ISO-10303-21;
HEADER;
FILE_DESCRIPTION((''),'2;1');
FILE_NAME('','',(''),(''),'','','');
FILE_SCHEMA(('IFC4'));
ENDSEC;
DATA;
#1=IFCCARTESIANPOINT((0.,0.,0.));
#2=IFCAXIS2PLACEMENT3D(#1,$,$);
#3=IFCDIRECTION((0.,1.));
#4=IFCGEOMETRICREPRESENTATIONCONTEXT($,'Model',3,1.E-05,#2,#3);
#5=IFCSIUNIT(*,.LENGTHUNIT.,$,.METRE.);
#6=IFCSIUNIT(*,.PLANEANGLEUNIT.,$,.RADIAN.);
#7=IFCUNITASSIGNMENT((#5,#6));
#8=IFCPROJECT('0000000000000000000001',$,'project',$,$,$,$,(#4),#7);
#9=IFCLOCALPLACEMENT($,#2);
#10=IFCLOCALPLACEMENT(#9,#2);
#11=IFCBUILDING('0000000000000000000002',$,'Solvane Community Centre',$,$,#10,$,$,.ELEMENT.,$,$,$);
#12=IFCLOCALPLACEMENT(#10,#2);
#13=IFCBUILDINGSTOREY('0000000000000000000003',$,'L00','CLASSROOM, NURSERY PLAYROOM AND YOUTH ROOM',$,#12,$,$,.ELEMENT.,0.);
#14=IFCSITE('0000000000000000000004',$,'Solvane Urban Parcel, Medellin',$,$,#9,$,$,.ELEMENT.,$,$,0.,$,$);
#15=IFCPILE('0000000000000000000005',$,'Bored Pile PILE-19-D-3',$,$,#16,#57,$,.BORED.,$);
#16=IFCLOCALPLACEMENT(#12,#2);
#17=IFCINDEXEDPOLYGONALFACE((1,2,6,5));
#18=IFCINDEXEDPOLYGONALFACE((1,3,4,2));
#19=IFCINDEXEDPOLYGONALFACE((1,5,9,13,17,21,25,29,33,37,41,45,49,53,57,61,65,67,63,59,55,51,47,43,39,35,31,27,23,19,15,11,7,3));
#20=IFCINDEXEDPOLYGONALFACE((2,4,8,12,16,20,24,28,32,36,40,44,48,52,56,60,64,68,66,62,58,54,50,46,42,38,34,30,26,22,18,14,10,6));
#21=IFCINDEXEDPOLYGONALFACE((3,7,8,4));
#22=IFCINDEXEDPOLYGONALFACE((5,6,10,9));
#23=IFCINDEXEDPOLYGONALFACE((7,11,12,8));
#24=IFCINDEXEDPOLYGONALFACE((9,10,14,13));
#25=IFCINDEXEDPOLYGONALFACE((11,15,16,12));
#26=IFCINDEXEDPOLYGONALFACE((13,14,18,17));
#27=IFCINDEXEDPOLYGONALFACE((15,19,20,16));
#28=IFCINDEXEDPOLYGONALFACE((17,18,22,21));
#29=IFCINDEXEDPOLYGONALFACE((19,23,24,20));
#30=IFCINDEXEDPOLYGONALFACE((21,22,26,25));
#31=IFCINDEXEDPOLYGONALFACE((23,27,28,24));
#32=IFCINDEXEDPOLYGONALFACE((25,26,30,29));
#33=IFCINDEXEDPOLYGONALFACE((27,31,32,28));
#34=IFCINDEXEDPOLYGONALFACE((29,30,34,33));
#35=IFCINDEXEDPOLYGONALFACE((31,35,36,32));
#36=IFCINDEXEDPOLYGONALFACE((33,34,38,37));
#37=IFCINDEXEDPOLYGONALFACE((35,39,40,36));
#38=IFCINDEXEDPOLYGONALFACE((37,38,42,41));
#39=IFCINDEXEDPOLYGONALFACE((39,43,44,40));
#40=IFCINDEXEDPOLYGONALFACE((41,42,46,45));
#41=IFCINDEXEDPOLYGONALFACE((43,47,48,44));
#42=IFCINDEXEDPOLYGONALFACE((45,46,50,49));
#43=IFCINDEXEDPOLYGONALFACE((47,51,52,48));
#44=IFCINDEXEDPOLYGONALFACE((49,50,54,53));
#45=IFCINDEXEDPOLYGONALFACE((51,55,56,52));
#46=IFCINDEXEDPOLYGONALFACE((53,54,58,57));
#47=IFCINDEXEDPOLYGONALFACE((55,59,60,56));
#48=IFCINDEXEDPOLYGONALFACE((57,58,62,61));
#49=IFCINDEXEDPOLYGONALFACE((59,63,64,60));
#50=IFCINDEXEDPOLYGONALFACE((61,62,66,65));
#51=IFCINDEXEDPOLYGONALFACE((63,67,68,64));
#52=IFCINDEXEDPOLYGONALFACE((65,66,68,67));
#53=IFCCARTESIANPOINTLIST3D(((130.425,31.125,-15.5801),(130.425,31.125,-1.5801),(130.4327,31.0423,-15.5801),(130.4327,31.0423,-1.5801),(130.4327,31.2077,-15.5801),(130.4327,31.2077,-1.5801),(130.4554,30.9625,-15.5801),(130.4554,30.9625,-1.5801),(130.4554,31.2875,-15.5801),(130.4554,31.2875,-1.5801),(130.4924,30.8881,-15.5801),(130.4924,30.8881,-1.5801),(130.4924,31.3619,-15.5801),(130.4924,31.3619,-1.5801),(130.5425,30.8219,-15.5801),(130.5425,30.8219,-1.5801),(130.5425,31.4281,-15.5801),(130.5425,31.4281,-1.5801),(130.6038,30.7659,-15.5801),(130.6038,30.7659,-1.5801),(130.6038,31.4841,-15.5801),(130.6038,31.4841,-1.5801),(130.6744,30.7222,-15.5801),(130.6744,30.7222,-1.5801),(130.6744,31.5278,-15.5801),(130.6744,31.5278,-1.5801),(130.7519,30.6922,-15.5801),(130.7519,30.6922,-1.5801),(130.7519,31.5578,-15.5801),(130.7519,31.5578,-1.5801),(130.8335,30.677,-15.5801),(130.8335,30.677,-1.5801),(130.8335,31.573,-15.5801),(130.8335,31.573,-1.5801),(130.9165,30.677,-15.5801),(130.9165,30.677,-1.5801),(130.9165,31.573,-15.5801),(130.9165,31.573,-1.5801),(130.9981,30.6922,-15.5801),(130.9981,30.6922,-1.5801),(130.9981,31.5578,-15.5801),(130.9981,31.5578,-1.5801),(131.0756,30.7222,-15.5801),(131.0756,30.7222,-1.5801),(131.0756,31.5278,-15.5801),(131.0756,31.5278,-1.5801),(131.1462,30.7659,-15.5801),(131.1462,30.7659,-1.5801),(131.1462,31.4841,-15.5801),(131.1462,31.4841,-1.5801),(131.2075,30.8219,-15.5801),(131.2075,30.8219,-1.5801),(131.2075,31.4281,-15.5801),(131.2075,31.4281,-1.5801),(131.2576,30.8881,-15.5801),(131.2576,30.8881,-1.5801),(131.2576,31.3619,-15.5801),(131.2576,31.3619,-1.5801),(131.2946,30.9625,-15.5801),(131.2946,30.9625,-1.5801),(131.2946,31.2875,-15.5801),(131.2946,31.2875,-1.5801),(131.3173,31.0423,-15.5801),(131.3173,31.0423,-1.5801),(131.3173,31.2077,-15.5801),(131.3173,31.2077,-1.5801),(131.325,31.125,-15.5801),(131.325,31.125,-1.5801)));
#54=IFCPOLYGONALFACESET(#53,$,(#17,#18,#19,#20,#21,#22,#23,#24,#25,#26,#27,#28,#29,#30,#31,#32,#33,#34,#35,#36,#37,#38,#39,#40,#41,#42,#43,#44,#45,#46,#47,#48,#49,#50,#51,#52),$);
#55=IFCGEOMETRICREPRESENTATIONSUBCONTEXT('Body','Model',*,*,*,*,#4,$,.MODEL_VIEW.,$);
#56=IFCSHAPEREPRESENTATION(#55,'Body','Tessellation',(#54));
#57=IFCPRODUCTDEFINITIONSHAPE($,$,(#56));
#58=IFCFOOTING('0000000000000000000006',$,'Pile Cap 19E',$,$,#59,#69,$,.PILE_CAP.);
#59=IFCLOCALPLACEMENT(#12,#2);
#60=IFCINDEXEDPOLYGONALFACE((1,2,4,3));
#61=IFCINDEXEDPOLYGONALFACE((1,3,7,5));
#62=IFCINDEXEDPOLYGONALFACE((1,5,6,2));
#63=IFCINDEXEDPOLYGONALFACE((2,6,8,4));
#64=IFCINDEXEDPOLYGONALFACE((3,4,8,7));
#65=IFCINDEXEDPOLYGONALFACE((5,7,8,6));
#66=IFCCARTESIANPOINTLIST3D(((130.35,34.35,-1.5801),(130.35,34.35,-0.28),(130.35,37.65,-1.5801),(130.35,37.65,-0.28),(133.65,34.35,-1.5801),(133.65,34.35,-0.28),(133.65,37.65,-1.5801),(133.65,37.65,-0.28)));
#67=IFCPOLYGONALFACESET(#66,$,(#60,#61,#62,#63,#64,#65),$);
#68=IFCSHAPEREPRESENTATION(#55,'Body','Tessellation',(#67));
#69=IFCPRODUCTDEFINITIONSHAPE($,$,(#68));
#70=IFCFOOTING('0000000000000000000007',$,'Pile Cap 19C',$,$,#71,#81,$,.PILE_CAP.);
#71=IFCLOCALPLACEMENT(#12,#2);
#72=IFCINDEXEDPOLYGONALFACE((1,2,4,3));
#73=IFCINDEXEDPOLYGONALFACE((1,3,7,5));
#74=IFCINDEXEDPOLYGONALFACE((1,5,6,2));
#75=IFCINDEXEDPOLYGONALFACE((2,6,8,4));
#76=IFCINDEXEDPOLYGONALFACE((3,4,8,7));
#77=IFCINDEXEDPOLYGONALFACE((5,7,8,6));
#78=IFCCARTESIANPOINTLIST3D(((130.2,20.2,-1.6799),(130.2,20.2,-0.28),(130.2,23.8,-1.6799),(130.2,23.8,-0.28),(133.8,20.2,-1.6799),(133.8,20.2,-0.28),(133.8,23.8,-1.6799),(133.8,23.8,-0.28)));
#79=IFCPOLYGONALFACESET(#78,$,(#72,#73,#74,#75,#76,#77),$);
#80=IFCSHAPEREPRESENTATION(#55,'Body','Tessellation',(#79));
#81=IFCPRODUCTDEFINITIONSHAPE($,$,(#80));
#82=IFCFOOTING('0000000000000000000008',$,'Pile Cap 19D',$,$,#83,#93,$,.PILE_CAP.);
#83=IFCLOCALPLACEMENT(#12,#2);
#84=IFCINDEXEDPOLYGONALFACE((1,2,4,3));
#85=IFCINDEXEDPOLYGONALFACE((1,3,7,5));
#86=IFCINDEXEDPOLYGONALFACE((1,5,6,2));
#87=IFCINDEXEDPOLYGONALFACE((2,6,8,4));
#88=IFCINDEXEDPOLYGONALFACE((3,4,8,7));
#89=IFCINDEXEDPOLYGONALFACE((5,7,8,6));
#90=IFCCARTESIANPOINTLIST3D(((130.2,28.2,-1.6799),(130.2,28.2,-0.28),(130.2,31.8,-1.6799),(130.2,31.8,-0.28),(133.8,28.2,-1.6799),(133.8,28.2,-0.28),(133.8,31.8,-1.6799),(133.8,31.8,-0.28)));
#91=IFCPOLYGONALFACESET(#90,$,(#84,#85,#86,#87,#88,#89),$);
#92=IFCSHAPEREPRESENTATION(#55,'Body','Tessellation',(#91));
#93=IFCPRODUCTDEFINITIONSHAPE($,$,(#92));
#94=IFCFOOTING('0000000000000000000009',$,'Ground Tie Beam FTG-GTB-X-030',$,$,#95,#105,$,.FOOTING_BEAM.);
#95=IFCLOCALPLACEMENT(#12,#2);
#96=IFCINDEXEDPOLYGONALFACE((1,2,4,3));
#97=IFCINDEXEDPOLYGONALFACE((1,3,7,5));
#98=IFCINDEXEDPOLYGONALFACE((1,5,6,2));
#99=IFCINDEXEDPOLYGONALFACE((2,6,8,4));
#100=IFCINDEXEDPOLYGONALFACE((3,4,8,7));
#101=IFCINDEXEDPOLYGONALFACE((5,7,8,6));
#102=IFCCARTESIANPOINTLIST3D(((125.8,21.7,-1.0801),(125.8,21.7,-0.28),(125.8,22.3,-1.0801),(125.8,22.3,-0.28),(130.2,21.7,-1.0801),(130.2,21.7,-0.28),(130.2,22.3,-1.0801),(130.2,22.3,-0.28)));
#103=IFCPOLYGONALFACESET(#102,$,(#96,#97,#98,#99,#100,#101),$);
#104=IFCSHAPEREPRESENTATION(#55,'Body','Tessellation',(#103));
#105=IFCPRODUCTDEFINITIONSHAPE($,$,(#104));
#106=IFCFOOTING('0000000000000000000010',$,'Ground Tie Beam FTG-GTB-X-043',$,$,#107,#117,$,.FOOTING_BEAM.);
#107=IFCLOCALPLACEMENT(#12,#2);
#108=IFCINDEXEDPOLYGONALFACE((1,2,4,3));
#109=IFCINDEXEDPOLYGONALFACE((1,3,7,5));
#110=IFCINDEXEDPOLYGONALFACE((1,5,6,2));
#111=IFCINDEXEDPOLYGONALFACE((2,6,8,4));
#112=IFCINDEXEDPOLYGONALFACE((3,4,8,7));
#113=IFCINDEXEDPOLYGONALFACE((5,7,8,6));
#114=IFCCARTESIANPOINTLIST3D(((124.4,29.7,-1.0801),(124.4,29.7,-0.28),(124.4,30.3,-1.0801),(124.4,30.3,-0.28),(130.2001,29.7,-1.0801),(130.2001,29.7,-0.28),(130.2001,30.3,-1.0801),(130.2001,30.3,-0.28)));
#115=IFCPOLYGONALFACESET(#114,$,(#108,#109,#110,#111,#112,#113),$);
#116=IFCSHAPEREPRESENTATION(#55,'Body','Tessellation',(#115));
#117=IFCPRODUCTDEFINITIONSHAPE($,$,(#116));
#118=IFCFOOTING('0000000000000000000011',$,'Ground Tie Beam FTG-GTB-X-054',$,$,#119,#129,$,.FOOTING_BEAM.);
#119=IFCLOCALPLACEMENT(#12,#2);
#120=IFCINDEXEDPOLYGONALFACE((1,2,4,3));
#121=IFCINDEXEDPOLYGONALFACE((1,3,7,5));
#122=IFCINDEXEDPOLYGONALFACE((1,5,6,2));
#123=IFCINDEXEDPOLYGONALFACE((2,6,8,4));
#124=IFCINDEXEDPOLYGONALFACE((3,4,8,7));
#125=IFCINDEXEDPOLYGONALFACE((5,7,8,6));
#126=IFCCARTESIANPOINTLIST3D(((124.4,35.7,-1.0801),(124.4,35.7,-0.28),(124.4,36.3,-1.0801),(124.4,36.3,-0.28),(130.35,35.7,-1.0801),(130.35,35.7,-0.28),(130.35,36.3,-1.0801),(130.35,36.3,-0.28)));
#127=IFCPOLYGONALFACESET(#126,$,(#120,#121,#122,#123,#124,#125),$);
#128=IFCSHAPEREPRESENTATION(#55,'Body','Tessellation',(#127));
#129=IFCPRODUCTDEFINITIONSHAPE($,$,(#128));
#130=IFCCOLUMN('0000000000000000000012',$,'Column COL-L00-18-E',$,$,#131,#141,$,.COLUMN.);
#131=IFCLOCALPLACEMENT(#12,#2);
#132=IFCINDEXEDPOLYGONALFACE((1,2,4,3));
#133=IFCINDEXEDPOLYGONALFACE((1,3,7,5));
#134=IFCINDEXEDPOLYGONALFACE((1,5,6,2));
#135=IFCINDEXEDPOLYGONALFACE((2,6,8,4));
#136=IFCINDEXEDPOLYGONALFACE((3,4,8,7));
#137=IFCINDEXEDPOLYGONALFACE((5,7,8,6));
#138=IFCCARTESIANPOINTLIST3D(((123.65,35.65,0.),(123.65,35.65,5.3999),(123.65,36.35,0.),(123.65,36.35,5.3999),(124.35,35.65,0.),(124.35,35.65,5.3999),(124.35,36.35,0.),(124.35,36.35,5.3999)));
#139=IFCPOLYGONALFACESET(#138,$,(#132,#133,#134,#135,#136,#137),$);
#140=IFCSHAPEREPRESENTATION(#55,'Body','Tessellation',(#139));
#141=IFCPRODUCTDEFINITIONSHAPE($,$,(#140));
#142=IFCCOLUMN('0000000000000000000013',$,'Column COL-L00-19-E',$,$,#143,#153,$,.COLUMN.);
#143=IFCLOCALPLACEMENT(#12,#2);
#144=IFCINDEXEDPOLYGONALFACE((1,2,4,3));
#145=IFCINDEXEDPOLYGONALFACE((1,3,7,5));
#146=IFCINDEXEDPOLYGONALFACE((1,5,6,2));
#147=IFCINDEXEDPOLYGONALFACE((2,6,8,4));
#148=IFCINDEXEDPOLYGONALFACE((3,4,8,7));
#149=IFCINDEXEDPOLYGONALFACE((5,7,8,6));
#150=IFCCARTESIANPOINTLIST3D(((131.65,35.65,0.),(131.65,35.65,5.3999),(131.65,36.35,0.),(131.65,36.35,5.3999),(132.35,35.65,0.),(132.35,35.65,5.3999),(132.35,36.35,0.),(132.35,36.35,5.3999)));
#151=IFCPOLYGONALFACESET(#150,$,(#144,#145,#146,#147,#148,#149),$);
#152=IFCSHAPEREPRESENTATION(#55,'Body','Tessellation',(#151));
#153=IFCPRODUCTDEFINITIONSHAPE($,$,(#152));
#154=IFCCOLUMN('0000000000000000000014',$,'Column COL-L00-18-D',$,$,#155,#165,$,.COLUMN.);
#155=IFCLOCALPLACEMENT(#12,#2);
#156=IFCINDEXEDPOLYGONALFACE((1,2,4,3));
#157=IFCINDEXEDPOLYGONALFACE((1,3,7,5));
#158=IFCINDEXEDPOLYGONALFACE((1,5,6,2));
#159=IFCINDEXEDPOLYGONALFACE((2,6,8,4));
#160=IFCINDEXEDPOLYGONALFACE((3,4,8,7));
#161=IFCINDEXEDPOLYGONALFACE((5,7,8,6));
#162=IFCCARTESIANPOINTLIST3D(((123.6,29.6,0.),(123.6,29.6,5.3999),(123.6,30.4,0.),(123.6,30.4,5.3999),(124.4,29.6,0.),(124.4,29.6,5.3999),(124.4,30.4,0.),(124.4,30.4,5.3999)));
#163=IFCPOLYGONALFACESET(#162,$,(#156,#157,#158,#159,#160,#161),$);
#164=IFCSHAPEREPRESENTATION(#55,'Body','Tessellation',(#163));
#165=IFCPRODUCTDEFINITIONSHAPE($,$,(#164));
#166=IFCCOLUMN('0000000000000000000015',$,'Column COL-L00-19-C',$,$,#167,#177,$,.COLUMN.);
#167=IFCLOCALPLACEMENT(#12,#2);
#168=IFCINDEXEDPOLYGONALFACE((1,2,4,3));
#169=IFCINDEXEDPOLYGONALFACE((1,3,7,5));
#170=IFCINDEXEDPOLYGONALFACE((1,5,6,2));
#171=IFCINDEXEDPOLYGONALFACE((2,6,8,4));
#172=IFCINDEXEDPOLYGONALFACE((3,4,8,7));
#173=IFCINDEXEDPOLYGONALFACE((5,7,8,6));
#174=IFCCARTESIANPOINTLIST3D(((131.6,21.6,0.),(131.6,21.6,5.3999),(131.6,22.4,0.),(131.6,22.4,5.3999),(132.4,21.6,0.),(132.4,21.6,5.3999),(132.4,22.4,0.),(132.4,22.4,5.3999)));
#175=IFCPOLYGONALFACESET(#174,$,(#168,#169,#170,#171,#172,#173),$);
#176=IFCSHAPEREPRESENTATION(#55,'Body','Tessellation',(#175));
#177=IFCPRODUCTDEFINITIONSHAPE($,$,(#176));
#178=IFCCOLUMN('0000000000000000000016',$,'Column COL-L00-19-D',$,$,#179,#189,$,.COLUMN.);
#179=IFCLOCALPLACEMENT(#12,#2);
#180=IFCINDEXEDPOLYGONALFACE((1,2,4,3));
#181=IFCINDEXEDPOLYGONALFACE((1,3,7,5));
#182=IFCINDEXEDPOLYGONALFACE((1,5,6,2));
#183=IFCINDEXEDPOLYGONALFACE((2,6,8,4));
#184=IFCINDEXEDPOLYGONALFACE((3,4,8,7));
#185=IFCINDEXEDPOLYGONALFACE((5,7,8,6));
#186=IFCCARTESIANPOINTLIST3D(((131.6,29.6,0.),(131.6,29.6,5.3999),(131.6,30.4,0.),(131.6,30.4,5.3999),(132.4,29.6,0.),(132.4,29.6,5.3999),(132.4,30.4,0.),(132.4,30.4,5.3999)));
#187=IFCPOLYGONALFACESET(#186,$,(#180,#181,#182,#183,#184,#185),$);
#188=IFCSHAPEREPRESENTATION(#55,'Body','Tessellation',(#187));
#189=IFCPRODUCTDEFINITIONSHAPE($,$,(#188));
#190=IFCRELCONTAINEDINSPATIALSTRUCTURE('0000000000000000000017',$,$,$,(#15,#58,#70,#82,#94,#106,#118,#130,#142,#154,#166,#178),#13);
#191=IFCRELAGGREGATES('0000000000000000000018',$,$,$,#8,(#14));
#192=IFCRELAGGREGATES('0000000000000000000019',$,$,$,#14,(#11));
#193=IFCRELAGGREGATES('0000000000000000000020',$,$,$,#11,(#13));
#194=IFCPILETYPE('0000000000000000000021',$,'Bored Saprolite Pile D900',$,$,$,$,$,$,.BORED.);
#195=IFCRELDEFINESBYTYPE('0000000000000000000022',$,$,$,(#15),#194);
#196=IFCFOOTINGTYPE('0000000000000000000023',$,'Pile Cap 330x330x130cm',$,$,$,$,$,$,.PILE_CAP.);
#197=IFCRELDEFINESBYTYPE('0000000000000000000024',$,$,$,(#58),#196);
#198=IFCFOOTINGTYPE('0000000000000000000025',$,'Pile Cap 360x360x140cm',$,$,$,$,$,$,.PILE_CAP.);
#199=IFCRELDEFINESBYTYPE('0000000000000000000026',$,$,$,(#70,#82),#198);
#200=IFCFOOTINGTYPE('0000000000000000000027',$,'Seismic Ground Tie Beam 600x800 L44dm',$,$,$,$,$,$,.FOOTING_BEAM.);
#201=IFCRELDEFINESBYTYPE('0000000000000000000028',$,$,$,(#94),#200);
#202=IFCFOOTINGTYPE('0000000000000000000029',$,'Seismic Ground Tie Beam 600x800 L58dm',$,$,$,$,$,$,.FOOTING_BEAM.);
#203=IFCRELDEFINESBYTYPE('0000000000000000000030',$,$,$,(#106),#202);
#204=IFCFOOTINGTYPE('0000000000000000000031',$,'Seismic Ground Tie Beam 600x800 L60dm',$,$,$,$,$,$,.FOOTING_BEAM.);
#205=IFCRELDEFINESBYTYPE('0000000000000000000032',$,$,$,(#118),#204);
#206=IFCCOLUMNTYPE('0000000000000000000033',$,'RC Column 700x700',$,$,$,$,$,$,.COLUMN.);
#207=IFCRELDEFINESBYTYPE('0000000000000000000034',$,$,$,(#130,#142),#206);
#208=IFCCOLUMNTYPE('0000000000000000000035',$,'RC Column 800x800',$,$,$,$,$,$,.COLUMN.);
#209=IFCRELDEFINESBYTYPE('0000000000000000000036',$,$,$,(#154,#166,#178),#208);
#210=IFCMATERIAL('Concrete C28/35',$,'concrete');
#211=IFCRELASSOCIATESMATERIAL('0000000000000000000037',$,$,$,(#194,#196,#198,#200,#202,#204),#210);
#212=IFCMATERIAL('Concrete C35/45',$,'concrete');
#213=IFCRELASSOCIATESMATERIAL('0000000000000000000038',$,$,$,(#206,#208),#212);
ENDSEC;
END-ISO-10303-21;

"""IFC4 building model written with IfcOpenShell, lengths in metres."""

from ifc_helpers import new_model, si_unit, direction, frame, origin, origin_2d, place, context, subcontext, project, spatial, rectangle, circle, extrude, material, material_profile, profile_set, type_object, element, save


model = new_model("IFC4")

# Units and contexts
model_context = context("Model", 3, precision=1e-05, world=origin(), true_north=direction((0.0, 1.0)))
body_context = subcontext(model_context, "Body", "Model", "MODEL_VIEW")
ifc_project = project(units=[si_unit("LENGTHUNIT", "METRE"), si_unit("PLANEANGLEUNIT", "RADIAN")], contexts=[model_context])

# Site, building, storey
site_placement = place(None, origin())
site = spatial("IfcSite", under=ifc_project, at=site_placement, Name="Solvane Urban Parcel, Medellin", CompositionType="ELEMENT", RefElevation=0.0)
building_placement = place(site_placement, origin())
building = spatial("IfcBuilding", under=site, at=building_placement, Name="Solvane Community Centre", CompositionType="ELEMENT")
storey_placement = place(building_placement, origin())
storey = spatial("IfcBuildingStorey", under=building, at=storey_placement, Name="L00", Description="CLASSROOM, NURSERY PLAYROOM AND YOUTH ROOM", CompositionType="ELEMENT", Elevation=0.0)

# Pile
ifc_material_1 = material(Name="Concrete C28/35", Category="concrete")
ifc_material_profile_1 = material_profile(ifc_material_1, circle(Radius=0.45, at=origin_2d()), Name="PILE D900")
ifc_profile_set_1 = profile_set([ifc_material_profile_1], Name="Concrete C28/35")
pile_type_1 = type_object("IfcPileType", Name="Bored Saprolite Pile D900", PredefinedType="BORED", material=ifc_profile_set_1)
for number, where, z_axis, x_axis, name in (
    (1, (130.875, 31.125, -1.5801), (0.0, 0.0, -1.0), (1.0, 0.0, 0.0), "Bored Pile PILE-19-D-3"),
):
    element("IfcPile", number, at=place(storey_placement, frame(where, z_axis=z_axis, x_axis=x_axis)), inside=storey, type_object=pile_type_1, Name=name, PredefinedType="BORED", context=body_context, shape_type="SweptSolid", body=[
        extrude(circle(Radius=0.45, at=origin_2d()), origin(), (0.0, 0.0, 1.0), 14.0),
    ])

# Footings
footing_type_1 = type_object("IfcFootingType", Name="Pile Cap 330x330x130cm", PredefinedType="PILE_CAP", material=ifc_material_1)
footing_1_placement = place(storey_placement, frame((132.0, 36.0, -1.5801), z_axis=(0.0, 0.0, 1.0), x_axis=(1.0, 0.0, 0.0)))
element("IfcFooting", 2, at=footing_1_placement, inside=storey, type_object=footing_type_1, Name="Pile Cap 19E", PredefinedType="PILE_CAP", context=body_context, shape_type="SweptSolid", body=[
    extrude(rectangle(XDim=3.3, YDim=3.3, at=origin_2d()), origin(), (0.0, 0.0, 1.0), 1.3),
])
footing_type_2 = type_object("IfcFootingType", Name="Pile Cap 360x360x140cm", PredefinedType="PILE_CAP", material=ifc_material_1)
for number, where, z_axis, x_axis, name in (
    (3, (132.0, 22.0, -1.6799), (0.0, 0.0, 1.0), (1.0, 0.0, 0.0), "Pile Cap 19C"),
    (4, (132.0, 30.0, -1.6799), (0.0, 0.0, 1.0), (1.0, 0.0, 0.0), "Pile Cap 19D"),
):
    element("IfcFooting", number, at=place(storey_placement, frame(where, z_axis=z_axis, x_axis=x_axis)), inside=storey, type_object=footing_type_2, Name=name, PredefinedType="PILE_CAP", context=body_context, shape_type="SweptSolid", body=[
        extrude(rectangle(XDim=3.6001, YDim=3.6001, at=origin_2d()), origin(), (0.0, 0.0, 1.0), 1.3999),
    ])
footing_type_3 = type_object("IfcFootingType", Name="Seismic Ground Tie Beam 600x800 L44dm", PredefinedType="FOOTING_BEAM", material=ifc_material_1)
footing_2_placement = place(storey_placement, frame((128.0, 22.0, -1.0801), z_axis=(0.0, 0.0, 1.0), x_axis=(1.0, 0.0, 0.0)))
element("IfcFooting", 5, at=footing_2_placement, inside=storey, type_object=footing_type_3, Name="Ground Tie Beam FTG-GTB-X-030", PredefinedType="FOOTING_BEAM", context=body_context, shape_type="SweptSolid", body=[
    extrude(rectangle(XDim=4.3999, YDim=0.6001, at=origin_2d()), origin(), (0.0, 0.0, 1.0), 0.8),
])
footing_type_4 = type_object("IfcFootingType", Name="Seismic Ground Tie Beam 600x800 L58dm", PredefinedType="FOOTING_BEAM", material=ifc_material_1)
footing_3_placement = place(storey_placement, frame((127.3, 30.0, -1.0801), z_axis=(0.0, 0.0, 1.0), x_axis=(1.0, 0.0, 0.0)))
element("IfcFooting", 6, at=footing_3_placement, inside=storey, type_object=footing_type_4, Name="Ground Tie Beam FTG-GTB-X-043", PredefinedType="FOOTING_BEAM", context=body_context, shape_type="SweptSolid", body=[
    extrude(rectangle(XDim=5.8, YDim=0.6001, at=origin_2d()), origin(), (0.0, 0.0, 1.0), 0.8),
])
footing_type_5 = type_object("IfcFootingType", Name="Seismic Ground Tie Beam 600x800 L60dm", PredefinedType="FOOTING_BEAM", material=ifc_material_1)
footing_4_placement = place(storey_placement, frame((127.375, 36.0, -1.0801), z_axis=(0.0, 0.0, 1.0), x_axis=(1.0, 0.0, 0.0)))
element("IfcFooting", 7, at=footing_4_placement, inside=storey, type_object=footing_type_5, Name="Ground Tie Beam FTG-GTB-X-054", PredefinedType="FOOTING_BEAM", context=body_context, shape_type="SweptSolid", body=[
    extrude(rectangle(XDim=5.95, YDim=0.6001, at=origin_2d()), origin(), (0.0, 0.0, 1.0), 0.8),
])

# Columns
ifc_material_2 = material(Name="Concrete C35/45", Category="concrete")
ifc_material_profile_2 = material_profile(ifc_material_2, rectangle(XDim=0.7, YDim=0.7, at=origin_2d()), Name="RC 700x700")
ifc_profile_set_2 = profile_set([ifc_material_profile_2], Name="Concrete C35/45")
column_type_1 = type_object("IfcColumnType", Name="RC Column 700x700", PredefinedType="COLUMN", material=ifc_profile_set_2)
for number, where, z_axis, x_axis, name in (
    (8, (124.0, 36.0, 0.0), (0.0, 0.0, 1.0), (1.0, 0.0, 0.0), "Column COL-L00-18-E"),
    (9, (132.0, 36.0, 0.0), (0.0, 0.0, 1.0), (1.0, 0.0, 0.0), "Column COL-L00-19-E"),
):
    element("IfcColumn", number, at=place(storey_placement, frame(where, z_axis=z_axis, x_axis=x_axis)), inside=storey, type_object=column_type_1, Name=name, PredefinedType="COLUMN", context=body_context, shape_type="SweptSolid", body=[
        extrude(rectangle(XDim=0.7, YDim=0.7, at=origin_2d()), origin(), (0.0, 0.0, 1.0), 5.3999),
    ])
ifc_material_profile_3 = material_profile(ifc_material_2, rectangle(XDim=0.8, YDim=0.8, at=origin_2d()), Name="RC 800x800")
ifc_profile_set_3 = profile_set([ifc_material_profile_3], Name="Concrete C35/45")
column_type_2 = type_object("IfcColumnType", Name="RC Column 800x800", PredefinedType="COLUMN", material=ifc_profile_set_3)
for number, where, z_axis, x_axis, name in (
    (10, (124.0, 30.0, 0.0), (0.0, 0.0, 1.0), (1.0, 0.0, 0.0), "Column COL-L00-18-D"),
    (11, (132.0, 22.0, 0.0), (0.0, 0.0, 1.0), (1.0, 0.0, 0.0), "Column COL-L00-19-C"),
    (12, (132.0, 30.0, 0.0), (0.0, 0.0, 1.0), (1.0, 0.0, 0.0), "Column COL-L00-19-D"),
):
    element("IfcColumn", number, at=place(storey_placement, frame(where, z_axis=z_axis, x_axis=x_axis)), inside=storey, type_object=column_type_2, Name=name, PredefinedType="COLUMN", context=body_context, shape_type="SweptSolid", body=[
        extrude(rectangle(XDim=0.8, YDim=0.8, at=origin_2d()), origin(), (0.0, 0.0, 1.0), 5.3999),
    ])

save(model, "model.ifc")
